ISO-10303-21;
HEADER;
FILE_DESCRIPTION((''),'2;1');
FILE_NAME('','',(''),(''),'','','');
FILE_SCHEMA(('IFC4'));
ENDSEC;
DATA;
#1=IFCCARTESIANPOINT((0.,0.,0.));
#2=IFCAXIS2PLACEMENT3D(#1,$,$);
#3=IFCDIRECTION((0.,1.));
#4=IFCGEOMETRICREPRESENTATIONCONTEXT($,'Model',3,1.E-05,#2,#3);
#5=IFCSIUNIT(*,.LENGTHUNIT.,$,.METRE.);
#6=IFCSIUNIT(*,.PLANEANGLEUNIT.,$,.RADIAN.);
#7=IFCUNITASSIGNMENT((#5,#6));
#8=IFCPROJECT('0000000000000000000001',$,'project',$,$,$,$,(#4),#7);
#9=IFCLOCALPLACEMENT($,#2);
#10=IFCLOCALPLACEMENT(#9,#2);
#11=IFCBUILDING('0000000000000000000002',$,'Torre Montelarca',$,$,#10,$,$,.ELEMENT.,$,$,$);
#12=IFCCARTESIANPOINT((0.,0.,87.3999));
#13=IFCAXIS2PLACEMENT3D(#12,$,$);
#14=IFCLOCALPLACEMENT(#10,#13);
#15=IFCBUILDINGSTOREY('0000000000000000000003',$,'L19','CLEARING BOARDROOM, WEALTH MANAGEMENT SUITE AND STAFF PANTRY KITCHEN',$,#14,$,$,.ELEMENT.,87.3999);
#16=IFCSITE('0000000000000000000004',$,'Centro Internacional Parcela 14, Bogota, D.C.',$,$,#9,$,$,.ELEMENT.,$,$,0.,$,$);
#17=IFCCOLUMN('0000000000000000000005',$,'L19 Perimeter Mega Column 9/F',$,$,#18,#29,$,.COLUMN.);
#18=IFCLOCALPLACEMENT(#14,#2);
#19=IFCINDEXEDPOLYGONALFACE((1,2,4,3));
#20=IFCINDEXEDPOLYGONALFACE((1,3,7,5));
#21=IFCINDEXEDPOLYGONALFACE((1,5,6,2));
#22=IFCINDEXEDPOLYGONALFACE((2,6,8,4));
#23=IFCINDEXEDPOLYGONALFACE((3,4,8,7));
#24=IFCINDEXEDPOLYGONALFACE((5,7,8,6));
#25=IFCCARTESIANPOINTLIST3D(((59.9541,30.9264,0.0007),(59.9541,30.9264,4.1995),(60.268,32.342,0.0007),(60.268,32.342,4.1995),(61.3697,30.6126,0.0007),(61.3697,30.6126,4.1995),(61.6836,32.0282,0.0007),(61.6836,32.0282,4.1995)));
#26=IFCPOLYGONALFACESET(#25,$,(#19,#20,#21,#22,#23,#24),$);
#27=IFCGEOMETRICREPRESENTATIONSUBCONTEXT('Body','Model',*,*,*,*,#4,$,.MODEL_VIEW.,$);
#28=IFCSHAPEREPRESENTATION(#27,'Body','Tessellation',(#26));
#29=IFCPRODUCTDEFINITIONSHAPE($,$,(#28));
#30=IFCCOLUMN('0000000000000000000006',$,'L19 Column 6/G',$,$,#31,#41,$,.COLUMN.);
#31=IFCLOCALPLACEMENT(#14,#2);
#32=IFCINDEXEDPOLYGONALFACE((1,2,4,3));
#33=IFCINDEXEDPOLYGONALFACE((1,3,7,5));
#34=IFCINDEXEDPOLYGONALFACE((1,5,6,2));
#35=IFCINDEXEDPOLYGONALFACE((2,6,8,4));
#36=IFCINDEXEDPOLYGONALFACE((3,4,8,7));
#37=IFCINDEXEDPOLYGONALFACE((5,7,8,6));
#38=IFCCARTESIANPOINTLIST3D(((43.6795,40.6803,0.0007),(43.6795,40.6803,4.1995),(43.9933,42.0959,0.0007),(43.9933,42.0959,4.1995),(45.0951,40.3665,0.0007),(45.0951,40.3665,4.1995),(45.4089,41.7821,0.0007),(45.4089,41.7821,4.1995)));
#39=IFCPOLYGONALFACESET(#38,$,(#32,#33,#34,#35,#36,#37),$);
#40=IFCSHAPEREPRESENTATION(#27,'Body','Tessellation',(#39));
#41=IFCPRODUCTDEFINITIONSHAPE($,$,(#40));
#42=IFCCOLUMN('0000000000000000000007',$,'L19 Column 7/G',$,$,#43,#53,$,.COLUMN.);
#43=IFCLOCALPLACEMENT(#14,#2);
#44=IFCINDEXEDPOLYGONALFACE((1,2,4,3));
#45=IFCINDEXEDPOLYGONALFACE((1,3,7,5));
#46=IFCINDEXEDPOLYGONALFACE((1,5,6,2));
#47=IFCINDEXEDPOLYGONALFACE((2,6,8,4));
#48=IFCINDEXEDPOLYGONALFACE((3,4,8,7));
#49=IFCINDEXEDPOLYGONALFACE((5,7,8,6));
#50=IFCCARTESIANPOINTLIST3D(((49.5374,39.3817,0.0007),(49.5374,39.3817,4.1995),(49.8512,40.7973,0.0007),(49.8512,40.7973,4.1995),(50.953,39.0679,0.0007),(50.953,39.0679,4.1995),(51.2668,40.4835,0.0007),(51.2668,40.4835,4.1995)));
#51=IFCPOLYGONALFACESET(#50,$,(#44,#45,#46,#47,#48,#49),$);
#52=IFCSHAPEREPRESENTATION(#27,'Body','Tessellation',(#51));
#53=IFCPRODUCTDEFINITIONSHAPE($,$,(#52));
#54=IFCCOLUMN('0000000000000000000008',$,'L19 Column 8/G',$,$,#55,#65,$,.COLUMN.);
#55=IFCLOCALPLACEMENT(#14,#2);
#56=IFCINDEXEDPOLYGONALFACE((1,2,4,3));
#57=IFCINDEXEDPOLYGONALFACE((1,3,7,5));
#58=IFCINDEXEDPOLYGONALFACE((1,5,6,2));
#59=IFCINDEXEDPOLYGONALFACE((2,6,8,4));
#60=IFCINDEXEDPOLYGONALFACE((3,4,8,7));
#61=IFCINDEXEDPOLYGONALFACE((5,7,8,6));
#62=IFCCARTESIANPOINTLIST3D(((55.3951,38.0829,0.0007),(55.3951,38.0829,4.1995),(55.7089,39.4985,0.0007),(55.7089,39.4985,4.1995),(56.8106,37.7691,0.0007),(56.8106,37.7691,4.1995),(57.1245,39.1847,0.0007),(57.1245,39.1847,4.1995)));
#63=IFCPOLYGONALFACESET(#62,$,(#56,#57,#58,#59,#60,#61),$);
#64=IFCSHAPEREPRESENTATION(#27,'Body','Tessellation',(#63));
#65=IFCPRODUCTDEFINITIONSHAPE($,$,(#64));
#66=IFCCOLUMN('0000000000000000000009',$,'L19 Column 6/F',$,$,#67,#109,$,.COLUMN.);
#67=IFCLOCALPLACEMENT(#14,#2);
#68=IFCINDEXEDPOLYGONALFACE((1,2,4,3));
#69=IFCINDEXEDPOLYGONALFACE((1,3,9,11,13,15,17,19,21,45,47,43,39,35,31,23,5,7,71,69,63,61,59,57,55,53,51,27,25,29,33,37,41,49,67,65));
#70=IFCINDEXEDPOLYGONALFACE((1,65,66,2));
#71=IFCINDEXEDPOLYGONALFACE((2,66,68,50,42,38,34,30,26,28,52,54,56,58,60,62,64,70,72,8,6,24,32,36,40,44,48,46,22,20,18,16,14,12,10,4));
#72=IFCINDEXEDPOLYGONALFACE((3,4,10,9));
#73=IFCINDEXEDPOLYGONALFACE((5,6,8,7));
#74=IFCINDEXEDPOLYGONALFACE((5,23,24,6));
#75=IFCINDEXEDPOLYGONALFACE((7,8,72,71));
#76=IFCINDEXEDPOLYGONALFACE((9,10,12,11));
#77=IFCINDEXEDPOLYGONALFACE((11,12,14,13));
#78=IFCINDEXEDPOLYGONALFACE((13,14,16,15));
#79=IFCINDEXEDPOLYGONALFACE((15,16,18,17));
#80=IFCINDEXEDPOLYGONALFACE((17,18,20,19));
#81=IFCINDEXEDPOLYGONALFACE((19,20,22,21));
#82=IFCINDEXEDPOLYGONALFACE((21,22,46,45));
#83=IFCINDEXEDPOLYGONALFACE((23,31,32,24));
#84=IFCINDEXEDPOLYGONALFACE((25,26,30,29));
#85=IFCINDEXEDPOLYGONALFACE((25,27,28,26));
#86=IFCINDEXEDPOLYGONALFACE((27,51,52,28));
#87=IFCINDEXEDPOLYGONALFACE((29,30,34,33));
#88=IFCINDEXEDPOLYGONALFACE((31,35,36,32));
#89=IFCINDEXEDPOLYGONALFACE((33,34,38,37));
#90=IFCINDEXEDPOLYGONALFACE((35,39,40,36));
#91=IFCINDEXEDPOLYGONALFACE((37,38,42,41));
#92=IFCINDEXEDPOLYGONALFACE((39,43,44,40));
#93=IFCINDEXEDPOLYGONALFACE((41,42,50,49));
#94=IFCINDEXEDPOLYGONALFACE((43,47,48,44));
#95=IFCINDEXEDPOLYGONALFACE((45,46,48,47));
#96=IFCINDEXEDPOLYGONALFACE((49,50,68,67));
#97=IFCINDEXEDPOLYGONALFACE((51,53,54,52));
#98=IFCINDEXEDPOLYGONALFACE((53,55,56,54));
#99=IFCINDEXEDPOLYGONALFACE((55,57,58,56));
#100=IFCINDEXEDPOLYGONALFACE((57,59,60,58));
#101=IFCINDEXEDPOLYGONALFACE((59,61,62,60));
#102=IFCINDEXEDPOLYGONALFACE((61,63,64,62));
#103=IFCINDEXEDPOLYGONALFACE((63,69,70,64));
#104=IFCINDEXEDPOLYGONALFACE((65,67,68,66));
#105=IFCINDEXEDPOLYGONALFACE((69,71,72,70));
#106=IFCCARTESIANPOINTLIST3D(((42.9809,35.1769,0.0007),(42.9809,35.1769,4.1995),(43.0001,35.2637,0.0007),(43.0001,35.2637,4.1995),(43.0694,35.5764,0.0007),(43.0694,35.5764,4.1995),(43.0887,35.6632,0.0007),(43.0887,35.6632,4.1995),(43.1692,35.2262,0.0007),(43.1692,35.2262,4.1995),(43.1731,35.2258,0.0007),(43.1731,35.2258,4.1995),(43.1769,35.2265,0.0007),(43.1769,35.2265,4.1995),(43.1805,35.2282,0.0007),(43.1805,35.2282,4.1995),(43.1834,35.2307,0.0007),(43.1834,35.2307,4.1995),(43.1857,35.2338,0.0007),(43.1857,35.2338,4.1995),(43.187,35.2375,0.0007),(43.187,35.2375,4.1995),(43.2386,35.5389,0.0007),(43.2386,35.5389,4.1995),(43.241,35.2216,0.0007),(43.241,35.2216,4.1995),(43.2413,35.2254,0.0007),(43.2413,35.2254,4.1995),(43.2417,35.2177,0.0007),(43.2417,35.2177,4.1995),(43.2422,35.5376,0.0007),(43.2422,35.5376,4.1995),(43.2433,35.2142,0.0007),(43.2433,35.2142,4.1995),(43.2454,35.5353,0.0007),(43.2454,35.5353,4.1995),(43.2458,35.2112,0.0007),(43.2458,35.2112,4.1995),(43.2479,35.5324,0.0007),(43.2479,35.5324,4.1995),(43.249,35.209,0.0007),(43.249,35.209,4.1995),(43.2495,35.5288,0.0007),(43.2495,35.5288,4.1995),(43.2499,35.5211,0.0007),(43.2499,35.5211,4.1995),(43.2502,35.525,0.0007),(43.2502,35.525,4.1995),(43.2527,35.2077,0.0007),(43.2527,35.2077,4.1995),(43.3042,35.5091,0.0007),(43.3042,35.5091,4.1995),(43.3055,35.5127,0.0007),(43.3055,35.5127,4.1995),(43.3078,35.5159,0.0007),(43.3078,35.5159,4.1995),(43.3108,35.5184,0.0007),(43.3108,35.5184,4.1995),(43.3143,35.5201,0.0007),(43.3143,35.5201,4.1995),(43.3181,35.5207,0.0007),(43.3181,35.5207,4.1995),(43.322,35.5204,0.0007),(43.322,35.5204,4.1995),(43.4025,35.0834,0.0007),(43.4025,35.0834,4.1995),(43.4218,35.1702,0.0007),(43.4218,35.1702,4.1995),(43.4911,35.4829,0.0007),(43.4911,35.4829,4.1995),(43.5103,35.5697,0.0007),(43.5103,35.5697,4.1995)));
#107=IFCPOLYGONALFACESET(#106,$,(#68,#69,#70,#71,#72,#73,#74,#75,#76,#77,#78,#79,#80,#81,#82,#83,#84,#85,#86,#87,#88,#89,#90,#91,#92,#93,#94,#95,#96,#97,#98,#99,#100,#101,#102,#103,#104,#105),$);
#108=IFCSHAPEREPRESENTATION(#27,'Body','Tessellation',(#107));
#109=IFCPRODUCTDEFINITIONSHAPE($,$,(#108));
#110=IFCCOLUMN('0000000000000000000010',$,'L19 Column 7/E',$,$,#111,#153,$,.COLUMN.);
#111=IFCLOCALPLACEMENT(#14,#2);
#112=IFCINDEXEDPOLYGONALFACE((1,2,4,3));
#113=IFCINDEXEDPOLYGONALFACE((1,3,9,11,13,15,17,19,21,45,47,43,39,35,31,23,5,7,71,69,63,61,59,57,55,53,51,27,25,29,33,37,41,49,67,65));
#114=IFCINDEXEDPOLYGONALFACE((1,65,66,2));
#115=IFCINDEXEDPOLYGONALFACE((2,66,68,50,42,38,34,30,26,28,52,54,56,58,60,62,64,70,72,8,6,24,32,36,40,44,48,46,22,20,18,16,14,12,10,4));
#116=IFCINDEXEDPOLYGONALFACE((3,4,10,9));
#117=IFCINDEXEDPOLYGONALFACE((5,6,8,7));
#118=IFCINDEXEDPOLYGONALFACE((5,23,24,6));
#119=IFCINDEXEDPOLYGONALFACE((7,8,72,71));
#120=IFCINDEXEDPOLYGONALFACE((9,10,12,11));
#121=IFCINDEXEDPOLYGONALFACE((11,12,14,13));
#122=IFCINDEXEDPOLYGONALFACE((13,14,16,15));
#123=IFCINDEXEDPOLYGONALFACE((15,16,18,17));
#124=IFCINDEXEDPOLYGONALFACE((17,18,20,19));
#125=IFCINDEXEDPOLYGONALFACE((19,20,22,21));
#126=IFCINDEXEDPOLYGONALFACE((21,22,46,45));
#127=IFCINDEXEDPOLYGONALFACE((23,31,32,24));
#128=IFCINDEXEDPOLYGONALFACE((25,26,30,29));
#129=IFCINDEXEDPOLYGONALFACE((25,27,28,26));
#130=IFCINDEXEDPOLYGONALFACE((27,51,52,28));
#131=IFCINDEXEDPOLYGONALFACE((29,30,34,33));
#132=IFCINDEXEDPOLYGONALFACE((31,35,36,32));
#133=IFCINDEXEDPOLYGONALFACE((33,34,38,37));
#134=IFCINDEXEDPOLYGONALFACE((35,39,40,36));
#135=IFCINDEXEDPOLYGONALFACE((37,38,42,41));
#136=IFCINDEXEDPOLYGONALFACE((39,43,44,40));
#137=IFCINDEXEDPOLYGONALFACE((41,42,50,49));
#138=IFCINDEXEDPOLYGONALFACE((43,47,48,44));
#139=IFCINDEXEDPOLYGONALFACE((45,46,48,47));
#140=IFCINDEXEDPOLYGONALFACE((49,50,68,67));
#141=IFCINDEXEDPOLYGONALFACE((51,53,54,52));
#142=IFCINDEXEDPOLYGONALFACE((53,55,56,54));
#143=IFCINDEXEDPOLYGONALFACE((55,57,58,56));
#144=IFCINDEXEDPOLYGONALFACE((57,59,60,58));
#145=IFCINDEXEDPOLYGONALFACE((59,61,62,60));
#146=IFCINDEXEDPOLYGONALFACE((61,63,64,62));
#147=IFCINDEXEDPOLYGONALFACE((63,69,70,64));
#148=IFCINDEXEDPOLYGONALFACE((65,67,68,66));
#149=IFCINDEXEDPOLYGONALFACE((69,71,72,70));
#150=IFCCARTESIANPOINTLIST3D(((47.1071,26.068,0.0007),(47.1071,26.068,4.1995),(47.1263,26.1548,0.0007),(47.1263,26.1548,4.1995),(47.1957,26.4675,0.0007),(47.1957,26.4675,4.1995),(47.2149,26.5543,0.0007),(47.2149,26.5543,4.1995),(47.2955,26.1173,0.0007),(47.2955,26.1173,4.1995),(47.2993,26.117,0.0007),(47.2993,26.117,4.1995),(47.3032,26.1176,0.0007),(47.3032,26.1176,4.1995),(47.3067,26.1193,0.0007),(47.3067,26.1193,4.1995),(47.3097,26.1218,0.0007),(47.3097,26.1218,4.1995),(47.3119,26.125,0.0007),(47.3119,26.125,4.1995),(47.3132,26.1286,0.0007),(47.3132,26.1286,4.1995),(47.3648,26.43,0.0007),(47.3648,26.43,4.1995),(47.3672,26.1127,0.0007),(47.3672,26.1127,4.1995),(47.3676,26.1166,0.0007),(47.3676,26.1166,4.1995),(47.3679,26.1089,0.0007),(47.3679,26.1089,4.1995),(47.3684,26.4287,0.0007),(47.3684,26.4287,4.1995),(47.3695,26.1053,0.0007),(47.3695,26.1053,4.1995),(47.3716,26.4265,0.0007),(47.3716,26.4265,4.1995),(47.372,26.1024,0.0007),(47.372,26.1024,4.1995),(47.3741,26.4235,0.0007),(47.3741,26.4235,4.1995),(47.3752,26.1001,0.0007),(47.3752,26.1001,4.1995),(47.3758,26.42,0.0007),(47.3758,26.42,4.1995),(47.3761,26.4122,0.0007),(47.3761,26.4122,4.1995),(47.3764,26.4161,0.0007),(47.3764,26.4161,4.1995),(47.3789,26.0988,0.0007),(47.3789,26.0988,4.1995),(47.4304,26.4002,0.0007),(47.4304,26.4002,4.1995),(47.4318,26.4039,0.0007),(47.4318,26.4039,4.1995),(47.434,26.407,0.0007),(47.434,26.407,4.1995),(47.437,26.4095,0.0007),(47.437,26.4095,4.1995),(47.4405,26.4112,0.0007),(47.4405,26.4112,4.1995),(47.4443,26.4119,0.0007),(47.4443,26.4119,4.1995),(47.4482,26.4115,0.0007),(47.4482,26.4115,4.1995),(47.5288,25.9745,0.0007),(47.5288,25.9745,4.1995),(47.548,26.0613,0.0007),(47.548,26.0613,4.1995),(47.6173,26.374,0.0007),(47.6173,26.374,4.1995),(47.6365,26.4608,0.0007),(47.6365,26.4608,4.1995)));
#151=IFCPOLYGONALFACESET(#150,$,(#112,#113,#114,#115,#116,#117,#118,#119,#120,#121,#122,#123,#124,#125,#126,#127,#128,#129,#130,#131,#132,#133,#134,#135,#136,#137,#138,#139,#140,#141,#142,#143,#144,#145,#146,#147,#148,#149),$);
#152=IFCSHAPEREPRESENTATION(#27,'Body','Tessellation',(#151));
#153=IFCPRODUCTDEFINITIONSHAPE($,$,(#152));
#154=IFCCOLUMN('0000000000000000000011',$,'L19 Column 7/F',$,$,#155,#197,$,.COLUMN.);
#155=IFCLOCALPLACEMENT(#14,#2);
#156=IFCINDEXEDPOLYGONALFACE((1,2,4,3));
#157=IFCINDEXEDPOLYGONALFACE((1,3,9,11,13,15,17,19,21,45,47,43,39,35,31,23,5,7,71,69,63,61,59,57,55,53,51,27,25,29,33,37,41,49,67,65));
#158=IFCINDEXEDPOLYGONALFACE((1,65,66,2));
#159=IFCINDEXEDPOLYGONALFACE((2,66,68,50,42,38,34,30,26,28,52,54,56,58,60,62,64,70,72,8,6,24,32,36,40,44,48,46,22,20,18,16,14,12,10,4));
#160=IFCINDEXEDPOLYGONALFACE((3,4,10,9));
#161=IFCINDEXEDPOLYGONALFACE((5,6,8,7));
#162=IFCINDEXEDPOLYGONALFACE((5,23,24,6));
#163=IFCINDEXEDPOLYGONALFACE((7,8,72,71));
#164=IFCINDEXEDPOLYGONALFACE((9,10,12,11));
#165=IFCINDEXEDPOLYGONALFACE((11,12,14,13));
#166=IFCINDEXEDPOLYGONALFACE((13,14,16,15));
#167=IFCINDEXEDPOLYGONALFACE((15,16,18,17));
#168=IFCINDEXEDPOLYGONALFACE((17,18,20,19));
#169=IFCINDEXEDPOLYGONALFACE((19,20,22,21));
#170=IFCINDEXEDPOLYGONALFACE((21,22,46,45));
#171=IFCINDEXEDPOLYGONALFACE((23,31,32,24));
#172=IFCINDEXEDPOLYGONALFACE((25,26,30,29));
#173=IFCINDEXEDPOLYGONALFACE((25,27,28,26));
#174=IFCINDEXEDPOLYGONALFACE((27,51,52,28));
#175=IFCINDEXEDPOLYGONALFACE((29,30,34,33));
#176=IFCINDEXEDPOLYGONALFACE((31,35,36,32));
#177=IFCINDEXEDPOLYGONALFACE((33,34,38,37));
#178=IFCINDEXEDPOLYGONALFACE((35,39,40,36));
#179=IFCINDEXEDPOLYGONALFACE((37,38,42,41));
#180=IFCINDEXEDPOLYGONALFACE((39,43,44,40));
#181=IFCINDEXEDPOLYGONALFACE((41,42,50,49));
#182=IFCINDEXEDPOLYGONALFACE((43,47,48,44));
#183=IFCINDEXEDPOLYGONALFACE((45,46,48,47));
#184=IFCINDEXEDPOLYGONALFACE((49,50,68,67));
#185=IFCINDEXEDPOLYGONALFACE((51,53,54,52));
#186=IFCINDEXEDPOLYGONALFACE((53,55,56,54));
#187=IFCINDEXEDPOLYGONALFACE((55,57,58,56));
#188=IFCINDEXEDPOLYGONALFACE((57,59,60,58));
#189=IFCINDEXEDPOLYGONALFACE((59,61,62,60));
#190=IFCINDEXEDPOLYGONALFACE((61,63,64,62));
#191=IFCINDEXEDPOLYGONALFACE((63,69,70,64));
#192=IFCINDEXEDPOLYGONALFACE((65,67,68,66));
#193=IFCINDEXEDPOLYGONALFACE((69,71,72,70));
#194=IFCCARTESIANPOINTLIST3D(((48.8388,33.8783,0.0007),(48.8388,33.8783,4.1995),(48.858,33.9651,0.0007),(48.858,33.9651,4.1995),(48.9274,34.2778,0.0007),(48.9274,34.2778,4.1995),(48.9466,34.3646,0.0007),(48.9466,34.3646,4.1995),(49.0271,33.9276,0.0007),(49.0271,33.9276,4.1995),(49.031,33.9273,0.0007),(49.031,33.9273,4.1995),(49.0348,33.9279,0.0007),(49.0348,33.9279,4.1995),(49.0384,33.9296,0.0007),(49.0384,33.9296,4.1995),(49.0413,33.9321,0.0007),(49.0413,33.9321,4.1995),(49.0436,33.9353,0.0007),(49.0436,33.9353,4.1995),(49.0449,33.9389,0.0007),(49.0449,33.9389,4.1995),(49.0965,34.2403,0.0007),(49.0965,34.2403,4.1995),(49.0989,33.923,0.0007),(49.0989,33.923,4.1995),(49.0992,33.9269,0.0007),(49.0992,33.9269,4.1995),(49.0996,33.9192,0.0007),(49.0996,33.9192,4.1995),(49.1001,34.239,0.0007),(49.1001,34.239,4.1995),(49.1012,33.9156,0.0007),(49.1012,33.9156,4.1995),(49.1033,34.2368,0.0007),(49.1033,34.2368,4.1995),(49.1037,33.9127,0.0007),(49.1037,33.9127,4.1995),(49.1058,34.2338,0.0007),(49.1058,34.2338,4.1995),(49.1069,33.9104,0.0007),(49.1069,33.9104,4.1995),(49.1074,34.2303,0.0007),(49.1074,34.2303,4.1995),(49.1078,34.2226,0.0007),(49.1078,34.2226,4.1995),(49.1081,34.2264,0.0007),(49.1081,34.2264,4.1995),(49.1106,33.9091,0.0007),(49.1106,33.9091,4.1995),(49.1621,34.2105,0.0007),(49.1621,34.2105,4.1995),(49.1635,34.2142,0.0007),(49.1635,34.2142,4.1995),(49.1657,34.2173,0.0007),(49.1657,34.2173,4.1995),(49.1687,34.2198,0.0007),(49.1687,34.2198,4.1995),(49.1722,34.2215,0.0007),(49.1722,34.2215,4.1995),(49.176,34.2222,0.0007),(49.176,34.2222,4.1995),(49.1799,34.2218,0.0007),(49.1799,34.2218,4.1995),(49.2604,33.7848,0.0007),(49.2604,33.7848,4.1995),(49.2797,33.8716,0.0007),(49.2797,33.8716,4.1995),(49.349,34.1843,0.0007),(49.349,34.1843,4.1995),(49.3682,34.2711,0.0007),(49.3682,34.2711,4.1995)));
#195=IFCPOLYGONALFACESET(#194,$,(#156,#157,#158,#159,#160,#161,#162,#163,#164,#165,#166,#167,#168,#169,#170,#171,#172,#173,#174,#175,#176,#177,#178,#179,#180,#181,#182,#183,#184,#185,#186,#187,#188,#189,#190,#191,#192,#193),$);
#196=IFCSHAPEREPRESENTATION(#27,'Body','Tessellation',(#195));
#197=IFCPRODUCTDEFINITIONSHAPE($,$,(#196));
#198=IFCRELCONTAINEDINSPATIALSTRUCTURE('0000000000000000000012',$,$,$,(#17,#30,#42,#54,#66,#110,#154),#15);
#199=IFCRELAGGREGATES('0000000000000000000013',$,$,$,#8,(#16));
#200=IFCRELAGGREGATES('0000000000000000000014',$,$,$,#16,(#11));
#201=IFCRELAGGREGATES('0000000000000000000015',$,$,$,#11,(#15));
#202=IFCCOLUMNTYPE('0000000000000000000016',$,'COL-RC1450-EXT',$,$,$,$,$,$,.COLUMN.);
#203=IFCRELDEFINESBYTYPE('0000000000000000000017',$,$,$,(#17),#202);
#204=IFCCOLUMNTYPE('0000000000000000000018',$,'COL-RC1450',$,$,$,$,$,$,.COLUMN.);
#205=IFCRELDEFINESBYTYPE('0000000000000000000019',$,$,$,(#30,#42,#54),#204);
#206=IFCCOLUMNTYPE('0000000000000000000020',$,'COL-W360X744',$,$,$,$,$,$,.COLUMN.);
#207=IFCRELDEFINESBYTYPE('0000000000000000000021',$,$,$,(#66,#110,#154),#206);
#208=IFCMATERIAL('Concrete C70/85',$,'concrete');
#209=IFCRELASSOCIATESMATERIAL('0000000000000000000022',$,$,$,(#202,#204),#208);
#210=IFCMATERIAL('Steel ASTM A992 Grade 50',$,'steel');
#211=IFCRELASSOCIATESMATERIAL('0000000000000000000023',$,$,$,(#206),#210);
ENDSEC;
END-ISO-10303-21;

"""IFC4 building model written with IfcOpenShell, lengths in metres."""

from ifc_helpers import new_model, si_unit, direction, frame, origin, origin_2d, place, context, subcontext, project, spatial, rectangle, i_section, extrude, source, transform, mapped, material, material_profile, profile_set, type_object, element, save


model = new_model("IFC4")

# Units and contexts
model_context = context("Model", 3, precision=1e-05, world=origin(), true_north=direction((0.0, 1.0)))
body_context = subcontext(model_context, "Body", "Model", "MODEL_VIEW")
ifc_project = project(units=[si_unit("LENGTHUNIT", "METRE"), si_unit("PLANEANGLEUNIT", "RADIAN")], contexts=[model_context])

# Site, building, storey
site_placement = place(None, origin())
site = spatial("IfcSite", under=ifc_project, at=site_placement, Name="Centro Internacional Parcela 14, Bogota, D.C.", CompositionType="ELEMENT", RefElevation=0.0)
building_placement = place(site_placement, origin())
building = spatial("IfcBuilding", under=site, at=building_placement, Name="Torre Montelarca", CompositionType="ELEMENT")
storey_placement = place(building_placement, frame((0.0, 0.0, 87.3999)))
storey = spatial("IfcBuildingStorey", under=building, at=storey_placement, Name="L19", Description="CLEARING BOARDROOM, WEALTH MANAGEMENT SUITE AND STAFF PANTRY KITCHEN", CompositionType="ELEMENT", Elevation=87.3999)

# Columns
ifc_material_1 = material(Name="Concrete C70/85", Category="concrete")
ifc_material_profile_1 = material_profile(ifc_material_1, rectangle(XDim=1.45, YDim=1.45, at=origin_2d()), Name="RC1450X1450", Category="concrete")
ifc_profile_set_1 = profile_set([ifc_material_profile_1], Name="Concrete C70/85")
column_type_1 = type_object("IfcColumnType", Name="COL-RC1450-EXT", PredefinedType="COLUMN", material=ifc_profile_set_1)
shared_shape_1 = source(origin(), body_context, "Body", "SweptSolid", [
    extrude(rectangle(XDim=1.45, YDim=1.45, at=origin_2d()), origin(), (0.0, 0.0, 1.0), 4.1987),
])
column_placement = place(storey_placement, frame((60.8188, 31.4773, 0.0007), z_axis=(0.0, 0.0, 1.0), x_axis=(-0.976296, 0.21644, 0.0)))
element("IfcColumn", 1, at=column_placement, inside=storey, type_object=column_type_1, Name="L19 Perimeter Mega Column 9/F", PredefinedType="COLUMN", context=body_context, shape_type="MappedRepresentation", body=[
    mapped(shared_shape_1, transform((0.0, 0.0, 0.0), scale=1.0)),
])
ifc_material_profile_2 = material_profile(ifc_material_1, rectangle(XDim=1.45, YDim=1.45, at=origin_2d()), Name="RC1450X1450", Category="concrete")
ifc_profile_set_2 = profile_set([ifc_material_profile_2], Name="Concrete C70/85")
column_type_2 = type_object("IfcColumnType", Name="COL-RC1450", PredefinedType="COLUMN", material=ifc_profile_set_2)
shared_shape_2 = source(origin(), body_context, "Body", "SweptSolid", [
    extrude(rectangle(XDim=1.45, YDim=1.45, at=origin_2d()), origin(), (0.0, 0.0, 1.0), 4.1987),
])
for number, where, z_axis, x_axis, name in (
    (2, (44.5442, 41.2312, 0.0007), (0.0, 0.0, 1.0), (-0.976296, 0.21644, 0.0), "L19 Column 6/G"),
    (3, (50.4021, 39.9326, 0.0007), (0.0, 0.0, 1.0), (-0.976296, 0.21644, 0.0), "L19 Column 7/G"),
    (4, (56.2598, 38.6338, 0.0007), (0.0, 0.0, 1.0), (-0.976296, 0.21644, 0.0), "L19 Column 8/G"),
):
    element("IfcColumn", number, at=place(storey_placement, frame(where, z_axis=z_axis, x_axis=x_axis)), inside=storey, type_object=column_type_2, Name=name, PredefinedType="COLUMN", context=body_context, shape_type="MappedRepresentation", body=[
        mapped(shared_shape_2, transform((0.0, 0.0, 0.0), scale=1.0)),
    ])
ifc_material_2 = material(Name="Steel ASTM A992 Grade 50", Category="steel")
ifc_material_profile_3 = material_profile(ifc_material_2, i_section(OverallWidth=0.4319, OverallDepth=0.498, WebThickness=0.0557, FlangeThickness=0.0889, FilletRadius=0.0149, at=origin_2d()), Name="W360X744", Category="steel")
ifc_profile_set_3 = profile_set([ifc_material_profile_3], Name="Steel ASTM A992 Grade 50")
column_type_3 = type_object("IfcColumnType", Name="COL-W360X744", PredefinedType="COLUMN", material=ifc_profile_set_3)
shared_shape_3 = source(origin(), body_context, "Body", "SweptSolid", [
    extrude(i_section(OverallWidth=0.4319, OverallDepth=0.498, WebThickness=0.0557, FlangeThickness=0.0889, FilletRadius=0.0149, at=origin_2d()), origin(), (0.0, 0.0, 1.0), 4.1987),
])
for number, where, z_axis, x_axis, name in (
    (5, (43.2456, 35.3733, 0.0007), (0.0, 0.0, 1.0), (-0.976296, 0.21644, 0.0), "L19 Column 6/F"),
    (6, (47.3718, 26.2644, 0.0007), (0.0, 0.0, 1.0), (-0.976296, 0.21644, 0.0), "L19 Column 7/E"),
    (7, (49.1035, 34.0747, 0.0007), (0.0, 0.0, 1.0), (-0.976296, 0.21644, 0.0), "L19 Column 7/F"),
):
    element("IfcColumn", number, at=place(storey_placement, frame(where, z_axis=z_axis, x_axis=x_axis)), inside=storey, type_object=column_type_3, Name=name, PredefinedType="COLUMN", context=body_context, shape_type="MappedRepresentation", body=[
        mapped(shared_shape_3, transform((0.0, 0.0, 0.0), scale=1.0)),
    ])

save(model, "model.ifc")
